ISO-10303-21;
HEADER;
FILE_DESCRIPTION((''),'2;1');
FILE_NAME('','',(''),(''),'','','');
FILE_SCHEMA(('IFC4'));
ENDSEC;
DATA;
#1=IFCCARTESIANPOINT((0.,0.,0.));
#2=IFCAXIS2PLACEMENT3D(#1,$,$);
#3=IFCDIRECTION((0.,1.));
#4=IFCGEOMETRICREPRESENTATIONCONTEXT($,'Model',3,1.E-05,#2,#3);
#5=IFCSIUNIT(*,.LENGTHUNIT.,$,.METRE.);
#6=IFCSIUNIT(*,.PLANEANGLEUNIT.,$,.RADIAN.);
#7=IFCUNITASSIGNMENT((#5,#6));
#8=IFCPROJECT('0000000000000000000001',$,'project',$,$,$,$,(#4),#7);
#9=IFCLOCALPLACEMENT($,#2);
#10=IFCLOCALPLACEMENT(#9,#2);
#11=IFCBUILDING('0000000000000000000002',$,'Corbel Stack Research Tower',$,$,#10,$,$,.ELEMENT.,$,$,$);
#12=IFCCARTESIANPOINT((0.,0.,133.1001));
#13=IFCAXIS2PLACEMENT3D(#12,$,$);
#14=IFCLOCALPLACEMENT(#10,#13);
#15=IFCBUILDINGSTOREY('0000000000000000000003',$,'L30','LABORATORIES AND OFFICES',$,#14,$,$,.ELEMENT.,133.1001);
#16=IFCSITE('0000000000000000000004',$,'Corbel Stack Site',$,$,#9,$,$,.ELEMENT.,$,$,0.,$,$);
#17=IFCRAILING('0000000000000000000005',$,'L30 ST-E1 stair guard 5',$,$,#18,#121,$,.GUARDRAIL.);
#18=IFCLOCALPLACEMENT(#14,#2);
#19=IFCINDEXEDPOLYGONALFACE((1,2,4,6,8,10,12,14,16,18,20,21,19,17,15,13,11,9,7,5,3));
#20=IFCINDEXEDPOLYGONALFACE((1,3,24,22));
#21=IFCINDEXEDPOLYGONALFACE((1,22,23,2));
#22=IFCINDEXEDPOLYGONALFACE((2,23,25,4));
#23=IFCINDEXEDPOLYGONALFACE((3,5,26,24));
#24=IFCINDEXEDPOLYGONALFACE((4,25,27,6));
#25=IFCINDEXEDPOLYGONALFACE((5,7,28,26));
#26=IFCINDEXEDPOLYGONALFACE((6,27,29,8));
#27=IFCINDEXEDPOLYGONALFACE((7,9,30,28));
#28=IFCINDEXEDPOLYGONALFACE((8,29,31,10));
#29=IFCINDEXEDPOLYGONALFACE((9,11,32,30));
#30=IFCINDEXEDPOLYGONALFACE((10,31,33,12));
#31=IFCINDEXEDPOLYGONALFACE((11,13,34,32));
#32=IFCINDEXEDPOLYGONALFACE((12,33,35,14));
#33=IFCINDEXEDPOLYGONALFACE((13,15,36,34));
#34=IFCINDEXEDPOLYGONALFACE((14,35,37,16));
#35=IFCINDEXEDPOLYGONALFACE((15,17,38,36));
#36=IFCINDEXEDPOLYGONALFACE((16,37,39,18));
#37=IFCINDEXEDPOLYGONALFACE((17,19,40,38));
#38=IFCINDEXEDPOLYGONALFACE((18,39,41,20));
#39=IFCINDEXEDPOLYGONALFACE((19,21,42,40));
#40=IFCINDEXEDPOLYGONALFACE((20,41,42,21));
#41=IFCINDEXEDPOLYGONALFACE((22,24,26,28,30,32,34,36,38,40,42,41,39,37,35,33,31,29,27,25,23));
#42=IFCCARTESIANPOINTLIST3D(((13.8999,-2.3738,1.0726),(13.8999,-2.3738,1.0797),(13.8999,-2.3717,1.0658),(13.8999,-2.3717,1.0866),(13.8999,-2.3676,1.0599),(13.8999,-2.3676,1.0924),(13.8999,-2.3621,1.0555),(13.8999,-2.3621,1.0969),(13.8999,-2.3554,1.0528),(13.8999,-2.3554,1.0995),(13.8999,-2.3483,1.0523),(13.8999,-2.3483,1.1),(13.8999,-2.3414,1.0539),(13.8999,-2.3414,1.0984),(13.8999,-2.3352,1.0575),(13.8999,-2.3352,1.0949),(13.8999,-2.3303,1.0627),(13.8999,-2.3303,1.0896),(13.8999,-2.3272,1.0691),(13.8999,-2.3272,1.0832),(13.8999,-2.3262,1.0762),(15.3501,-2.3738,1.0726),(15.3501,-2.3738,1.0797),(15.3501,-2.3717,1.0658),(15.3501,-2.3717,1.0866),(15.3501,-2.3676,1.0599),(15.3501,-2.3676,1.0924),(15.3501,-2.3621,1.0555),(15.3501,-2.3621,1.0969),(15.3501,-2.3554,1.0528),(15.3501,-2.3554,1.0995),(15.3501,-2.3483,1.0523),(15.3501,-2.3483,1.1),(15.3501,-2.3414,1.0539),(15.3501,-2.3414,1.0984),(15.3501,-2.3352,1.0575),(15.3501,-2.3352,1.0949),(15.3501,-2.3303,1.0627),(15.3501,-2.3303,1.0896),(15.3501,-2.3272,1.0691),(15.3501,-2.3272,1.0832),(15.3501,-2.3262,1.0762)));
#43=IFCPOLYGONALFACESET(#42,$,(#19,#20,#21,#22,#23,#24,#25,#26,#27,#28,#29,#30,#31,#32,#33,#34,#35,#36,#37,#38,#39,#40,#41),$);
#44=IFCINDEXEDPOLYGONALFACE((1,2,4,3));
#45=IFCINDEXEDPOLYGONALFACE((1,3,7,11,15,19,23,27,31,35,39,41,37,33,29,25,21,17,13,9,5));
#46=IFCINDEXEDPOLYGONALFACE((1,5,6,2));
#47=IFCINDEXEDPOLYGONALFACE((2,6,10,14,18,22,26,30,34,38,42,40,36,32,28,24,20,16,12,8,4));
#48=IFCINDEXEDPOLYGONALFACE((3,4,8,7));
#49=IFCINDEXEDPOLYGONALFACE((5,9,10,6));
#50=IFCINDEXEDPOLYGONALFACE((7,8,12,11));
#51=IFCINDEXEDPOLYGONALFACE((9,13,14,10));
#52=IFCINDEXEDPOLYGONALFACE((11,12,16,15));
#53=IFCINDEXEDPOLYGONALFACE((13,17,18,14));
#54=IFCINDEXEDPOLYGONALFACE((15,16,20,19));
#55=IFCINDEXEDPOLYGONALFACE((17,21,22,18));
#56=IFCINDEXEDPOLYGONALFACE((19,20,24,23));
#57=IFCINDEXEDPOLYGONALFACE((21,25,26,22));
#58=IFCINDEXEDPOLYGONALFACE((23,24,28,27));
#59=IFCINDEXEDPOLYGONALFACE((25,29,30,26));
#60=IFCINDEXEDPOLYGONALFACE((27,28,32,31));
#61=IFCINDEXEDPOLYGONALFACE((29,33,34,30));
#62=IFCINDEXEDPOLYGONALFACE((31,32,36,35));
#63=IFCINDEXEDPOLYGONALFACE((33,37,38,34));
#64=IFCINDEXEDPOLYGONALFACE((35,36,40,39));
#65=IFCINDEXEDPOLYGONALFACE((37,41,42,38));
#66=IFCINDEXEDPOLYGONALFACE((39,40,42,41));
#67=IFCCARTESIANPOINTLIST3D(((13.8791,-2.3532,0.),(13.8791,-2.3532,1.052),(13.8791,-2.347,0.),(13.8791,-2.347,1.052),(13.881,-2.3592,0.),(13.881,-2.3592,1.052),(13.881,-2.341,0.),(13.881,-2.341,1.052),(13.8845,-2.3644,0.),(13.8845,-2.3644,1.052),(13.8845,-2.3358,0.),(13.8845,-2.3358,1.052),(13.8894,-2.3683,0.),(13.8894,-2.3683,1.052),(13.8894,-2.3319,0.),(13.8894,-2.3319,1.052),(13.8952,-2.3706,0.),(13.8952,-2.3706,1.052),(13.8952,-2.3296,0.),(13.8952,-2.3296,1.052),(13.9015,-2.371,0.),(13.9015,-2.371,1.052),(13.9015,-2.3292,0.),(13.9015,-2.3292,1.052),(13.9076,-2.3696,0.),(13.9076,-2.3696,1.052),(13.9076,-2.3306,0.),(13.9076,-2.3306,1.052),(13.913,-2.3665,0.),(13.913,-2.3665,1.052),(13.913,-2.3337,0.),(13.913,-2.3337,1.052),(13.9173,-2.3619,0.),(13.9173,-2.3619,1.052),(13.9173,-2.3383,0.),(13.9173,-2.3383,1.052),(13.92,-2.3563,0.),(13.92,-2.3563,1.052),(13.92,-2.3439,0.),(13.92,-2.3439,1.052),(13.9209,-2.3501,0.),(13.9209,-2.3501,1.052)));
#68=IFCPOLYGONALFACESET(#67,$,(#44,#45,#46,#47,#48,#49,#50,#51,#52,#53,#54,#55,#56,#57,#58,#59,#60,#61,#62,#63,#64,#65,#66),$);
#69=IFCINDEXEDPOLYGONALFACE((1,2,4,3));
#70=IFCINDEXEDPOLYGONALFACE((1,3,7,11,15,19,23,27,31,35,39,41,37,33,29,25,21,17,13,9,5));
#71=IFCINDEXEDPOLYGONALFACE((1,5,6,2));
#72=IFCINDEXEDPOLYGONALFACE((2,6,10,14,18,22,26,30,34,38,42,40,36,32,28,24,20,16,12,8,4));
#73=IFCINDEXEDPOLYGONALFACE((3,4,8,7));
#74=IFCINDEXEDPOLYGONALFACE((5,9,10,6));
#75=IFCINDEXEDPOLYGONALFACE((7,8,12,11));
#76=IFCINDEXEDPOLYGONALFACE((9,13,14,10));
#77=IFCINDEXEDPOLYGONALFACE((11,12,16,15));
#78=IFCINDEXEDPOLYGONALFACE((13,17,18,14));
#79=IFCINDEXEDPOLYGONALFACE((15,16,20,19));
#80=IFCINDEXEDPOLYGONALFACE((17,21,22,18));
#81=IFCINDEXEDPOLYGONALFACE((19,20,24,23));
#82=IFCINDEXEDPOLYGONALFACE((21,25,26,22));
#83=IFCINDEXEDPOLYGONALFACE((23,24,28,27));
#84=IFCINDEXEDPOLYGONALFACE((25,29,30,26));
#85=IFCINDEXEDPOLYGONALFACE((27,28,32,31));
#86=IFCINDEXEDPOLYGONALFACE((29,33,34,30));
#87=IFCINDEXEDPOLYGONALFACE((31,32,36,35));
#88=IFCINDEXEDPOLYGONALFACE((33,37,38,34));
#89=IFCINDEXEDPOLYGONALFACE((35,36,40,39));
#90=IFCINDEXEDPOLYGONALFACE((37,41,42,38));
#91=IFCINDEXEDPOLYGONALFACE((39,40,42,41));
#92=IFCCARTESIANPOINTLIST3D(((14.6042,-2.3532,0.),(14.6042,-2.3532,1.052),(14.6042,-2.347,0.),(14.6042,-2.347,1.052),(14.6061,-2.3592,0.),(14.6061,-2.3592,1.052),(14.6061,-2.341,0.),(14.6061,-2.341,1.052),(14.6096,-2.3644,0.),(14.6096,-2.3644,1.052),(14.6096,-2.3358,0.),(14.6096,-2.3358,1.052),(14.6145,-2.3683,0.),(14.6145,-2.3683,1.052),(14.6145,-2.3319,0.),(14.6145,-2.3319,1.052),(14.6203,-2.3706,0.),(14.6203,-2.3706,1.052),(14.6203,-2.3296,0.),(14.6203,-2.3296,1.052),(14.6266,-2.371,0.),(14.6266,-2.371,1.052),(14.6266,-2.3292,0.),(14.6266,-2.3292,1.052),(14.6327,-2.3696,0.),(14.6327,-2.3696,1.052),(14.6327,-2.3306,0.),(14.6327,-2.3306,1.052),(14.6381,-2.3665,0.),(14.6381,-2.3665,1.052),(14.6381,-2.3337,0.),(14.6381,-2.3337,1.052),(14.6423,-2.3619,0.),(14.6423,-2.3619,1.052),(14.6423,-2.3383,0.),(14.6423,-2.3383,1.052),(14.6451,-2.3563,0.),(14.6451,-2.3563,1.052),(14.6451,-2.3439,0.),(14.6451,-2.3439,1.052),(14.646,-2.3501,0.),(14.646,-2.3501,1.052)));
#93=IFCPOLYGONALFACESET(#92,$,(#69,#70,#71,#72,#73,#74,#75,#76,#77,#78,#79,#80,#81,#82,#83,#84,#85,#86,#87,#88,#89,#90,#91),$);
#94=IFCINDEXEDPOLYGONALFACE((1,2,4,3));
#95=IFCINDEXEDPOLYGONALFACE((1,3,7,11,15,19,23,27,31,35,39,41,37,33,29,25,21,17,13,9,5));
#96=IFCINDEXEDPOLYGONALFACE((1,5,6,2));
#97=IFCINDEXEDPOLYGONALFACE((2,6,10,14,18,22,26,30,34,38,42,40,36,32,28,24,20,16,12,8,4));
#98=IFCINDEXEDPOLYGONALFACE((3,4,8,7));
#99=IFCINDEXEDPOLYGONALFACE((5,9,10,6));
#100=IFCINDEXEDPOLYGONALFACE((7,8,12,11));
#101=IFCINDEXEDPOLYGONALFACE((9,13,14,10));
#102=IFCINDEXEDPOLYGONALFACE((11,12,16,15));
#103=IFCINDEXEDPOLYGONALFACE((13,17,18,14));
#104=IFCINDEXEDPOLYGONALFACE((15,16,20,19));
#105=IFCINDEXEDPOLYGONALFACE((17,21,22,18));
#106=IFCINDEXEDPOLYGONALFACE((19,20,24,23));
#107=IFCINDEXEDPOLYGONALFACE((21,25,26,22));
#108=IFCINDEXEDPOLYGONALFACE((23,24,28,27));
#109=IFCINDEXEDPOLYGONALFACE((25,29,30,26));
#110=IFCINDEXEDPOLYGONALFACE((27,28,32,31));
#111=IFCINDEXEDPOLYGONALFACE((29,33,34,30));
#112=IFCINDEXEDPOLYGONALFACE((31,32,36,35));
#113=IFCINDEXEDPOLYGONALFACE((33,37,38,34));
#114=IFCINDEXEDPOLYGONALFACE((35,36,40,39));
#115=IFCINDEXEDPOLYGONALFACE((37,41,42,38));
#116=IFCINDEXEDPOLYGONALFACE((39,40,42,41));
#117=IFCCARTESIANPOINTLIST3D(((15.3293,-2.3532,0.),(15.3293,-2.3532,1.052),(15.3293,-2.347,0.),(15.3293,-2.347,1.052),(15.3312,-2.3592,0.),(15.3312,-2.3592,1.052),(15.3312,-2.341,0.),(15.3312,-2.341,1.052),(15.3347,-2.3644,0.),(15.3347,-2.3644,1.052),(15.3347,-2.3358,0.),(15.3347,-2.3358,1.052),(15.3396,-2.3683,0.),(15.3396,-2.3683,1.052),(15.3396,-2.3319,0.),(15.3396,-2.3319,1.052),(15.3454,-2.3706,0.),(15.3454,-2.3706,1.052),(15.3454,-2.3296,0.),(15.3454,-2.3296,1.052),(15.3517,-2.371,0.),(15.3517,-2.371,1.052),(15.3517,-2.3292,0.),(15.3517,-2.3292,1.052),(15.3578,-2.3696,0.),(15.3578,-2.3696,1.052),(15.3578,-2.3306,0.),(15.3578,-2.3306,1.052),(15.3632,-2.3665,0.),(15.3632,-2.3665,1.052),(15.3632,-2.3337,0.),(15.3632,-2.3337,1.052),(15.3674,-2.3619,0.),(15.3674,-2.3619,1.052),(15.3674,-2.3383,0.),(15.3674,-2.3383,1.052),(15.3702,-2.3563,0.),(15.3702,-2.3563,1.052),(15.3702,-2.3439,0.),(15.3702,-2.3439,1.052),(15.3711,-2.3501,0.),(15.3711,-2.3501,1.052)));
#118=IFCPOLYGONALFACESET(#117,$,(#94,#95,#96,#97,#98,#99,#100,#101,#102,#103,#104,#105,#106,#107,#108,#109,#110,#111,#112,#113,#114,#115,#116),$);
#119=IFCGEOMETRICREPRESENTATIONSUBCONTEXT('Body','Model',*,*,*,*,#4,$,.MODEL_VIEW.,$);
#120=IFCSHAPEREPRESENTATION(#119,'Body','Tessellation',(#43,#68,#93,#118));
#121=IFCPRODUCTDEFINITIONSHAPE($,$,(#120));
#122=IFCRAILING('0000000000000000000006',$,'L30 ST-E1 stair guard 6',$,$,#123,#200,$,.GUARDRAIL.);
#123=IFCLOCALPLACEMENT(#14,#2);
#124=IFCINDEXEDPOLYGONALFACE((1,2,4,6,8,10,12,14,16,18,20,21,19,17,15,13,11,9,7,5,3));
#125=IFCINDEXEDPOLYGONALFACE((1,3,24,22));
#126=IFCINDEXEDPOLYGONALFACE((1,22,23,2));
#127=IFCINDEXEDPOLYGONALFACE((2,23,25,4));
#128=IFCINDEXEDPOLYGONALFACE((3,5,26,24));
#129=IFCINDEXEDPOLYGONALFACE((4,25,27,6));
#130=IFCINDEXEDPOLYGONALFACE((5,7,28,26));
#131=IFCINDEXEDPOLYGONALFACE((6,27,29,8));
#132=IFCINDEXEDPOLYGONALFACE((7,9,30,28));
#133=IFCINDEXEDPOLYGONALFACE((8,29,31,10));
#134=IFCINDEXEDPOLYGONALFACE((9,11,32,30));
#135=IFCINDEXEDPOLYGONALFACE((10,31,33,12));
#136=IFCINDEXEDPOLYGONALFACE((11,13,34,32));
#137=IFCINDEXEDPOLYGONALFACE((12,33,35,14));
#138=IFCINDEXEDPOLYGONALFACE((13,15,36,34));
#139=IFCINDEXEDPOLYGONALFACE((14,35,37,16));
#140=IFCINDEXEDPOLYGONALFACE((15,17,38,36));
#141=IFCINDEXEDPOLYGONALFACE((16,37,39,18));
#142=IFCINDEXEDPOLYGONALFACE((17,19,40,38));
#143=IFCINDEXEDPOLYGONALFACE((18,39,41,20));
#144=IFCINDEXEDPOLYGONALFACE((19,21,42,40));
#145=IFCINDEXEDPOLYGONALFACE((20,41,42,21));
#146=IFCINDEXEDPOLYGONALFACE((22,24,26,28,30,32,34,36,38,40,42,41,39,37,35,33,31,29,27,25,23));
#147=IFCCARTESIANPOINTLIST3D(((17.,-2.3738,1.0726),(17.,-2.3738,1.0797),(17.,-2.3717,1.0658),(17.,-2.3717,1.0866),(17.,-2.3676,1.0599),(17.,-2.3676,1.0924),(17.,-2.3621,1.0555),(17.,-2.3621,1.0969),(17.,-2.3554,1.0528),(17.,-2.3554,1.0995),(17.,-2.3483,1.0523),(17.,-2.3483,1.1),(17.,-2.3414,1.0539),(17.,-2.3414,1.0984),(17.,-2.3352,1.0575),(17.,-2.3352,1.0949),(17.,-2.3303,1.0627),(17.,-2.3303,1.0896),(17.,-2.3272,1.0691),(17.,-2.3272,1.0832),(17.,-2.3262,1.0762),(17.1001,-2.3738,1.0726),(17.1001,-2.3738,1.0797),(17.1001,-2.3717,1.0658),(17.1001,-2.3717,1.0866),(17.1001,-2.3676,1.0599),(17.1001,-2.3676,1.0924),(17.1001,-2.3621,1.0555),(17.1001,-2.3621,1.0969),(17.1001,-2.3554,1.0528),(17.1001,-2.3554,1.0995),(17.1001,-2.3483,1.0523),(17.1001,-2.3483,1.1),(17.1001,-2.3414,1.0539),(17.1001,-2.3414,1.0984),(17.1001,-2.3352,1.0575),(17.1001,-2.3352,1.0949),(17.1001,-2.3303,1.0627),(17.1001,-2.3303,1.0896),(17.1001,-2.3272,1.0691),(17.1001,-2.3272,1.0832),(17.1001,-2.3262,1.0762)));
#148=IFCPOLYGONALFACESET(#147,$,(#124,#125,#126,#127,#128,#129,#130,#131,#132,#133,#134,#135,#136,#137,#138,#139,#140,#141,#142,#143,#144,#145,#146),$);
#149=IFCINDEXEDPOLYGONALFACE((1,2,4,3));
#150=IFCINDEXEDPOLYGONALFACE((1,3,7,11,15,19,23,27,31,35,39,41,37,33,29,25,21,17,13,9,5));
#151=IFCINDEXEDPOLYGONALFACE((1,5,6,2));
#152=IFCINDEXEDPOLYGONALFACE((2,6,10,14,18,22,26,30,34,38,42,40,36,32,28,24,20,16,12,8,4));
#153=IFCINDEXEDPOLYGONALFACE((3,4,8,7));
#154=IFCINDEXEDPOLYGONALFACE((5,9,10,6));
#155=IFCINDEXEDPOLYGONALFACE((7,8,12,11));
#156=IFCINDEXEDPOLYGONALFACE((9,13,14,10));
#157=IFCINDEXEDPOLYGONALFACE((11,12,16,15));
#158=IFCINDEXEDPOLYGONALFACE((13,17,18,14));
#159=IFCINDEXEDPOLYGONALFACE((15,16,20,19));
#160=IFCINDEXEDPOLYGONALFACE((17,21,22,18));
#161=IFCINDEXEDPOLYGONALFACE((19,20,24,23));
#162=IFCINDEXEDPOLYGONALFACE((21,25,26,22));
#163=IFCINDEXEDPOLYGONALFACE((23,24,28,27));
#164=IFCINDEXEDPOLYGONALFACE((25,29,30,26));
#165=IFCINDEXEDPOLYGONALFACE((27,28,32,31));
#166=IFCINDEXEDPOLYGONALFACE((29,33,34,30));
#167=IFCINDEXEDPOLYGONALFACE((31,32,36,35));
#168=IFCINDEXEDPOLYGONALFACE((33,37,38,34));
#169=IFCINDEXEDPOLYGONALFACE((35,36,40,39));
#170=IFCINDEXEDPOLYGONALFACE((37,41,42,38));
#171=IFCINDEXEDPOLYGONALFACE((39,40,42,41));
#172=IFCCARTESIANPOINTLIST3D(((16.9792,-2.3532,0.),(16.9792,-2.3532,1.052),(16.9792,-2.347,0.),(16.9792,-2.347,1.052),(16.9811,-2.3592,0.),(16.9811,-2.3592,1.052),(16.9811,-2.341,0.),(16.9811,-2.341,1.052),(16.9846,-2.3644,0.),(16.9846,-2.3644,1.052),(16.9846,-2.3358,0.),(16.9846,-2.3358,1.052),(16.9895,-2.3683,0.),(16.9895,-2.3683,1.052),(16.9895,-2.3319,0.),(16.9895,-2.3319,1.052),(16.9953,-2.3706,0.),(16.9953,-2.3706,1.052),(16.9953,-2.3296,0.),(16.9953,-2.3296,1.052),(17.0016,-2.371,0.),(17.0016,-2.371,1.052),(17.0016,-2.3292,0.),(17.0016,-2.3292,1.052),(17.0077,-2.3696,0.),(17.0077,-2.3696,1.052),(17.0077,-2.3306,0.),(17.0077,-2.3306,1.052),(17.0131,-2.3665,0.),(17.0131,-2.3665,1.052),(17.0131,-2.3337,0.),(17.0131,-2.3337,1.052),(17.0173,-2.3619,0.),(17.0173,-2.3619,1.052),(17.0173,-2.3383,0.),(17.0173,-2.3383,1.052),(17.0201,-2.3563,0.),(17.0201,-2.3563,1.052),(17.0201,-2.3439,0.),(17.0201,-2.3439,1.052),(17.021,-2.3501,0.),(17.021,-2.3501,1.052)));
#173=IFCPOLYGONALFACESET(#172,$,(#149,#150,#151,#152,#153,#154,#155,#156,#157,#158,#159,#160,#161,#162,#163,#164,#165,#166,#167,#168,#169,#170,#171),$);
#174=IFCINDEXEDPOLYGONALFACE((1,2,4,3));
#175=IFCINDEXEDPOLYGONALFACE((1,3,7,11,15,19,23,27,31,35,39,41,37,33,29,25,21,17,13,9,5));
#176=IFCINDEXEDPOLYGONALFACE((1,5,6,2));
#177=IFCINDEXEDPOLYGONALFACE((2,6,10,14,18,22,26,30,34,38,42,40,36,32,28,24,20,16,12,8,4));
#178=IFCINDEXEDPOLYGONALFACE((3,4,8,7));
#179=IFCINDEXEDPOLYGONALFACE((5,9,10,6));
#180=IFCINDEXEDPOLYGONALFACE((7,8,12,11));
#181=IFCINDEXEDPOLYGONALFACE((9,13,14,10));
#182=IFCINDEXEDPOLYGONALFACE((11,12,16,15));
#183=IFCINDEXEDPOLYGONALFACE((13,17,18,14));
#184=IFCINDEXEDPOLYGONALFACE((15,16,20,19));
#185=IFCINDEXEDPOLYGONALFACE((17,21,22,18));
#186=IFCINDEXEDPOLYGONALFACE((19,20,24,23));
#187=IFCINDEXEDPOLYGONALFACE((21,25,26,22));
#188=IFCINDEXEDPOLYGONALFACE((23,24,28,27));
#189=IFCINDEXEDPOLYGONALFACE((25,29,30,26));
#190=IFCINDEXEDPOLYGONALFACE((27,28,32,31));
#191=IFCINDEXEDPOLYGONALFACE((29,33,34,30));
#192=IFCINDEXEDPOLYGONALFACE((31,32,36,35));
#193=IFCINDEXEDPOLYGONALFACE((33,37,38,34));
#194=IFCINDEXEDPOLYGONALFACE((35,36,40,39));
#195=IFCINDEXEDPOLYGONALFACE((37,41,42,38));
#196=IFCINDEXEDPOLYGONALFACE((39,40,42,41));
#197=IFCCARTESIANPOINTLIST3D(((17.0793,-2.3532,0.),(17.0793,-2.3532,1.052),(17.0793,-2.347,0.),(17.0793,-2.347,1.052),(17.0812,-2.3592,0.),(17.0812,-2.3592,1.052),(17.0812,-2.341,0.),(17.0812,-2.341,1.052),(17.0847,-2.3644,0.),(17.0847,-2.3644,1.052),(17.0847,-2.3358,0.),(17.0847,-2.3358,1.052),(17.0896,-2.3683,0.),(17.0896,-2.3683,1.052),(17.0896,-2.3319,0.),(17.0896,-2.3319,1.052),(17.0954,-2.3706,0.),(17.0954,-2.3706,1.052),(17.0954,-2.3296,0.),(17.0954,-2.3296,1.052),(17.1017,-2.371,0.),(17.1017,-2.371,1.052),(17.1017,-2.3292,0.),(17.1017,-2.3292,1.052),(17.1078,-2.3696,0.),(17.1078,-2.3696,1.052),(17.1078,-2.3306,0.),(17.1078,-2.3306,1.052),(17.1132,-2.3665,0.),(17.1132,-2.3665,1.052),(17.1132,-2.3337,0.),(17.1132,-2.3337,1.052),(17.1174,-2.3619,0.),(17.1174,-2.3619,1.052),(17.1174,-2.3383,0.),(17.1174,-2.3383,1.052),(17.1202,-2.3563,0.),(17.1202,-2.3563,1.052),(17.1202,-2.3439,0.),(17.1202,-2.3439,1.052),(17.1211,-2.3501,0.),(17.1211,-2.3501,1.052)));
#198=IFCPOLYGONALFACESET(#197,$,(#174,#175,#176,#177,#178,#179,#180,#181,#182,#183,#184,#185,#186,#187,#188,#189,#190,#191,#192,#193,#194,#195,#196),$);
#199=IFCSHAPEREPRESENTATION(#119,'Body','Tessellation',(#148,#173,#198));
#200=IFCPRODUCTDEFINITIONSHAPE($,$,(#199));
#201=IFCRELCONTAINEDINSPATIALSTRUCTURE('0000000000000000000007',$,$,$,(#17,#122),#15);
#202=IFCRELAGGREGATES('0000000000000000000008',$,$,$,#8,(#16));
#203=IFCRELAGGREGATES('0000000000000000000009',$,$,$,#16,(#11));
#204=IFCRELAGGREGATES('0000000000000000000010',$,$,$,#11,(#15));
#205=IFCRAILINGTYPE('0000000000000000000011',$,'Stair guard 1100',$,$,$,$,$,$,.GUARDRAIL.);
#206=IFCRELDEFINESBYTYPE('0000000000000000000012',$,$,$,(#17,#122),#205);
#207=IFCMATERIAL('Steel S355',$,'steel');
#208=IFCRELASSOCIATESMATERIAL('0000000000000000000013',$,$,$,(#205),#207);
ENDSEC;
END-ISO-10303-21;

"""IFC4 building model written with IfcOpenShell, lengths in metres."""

from ifc_helpers import new_model, si_unit, direction, frame, origin, origin_2d, place, context, subcontext, project, spatial, circle, extrude, material, type_object, element, save


model = new_model("IFC4")

# Units and contexts
model_context = context("Model", 3, precision=1e-05, world=origin(), true_north=direction((0.0, 1.0)))
body_context = subcontext(model_context, "Body", "Model", "MODEL_VIEW")
ifc_project = project(units=[si_unit("LENGTHUNIT", "METRE"), si_unit("PLANEANGLEUNIT", "RADIAN")], contexts=[model_context])

# Site, building, storey
site_placement = place(None, origin())
site = spatial("IfcSite", under=ifc_project, at=site_placement, Name="Corbel Stack Site", CompositionType="ELEMENT", RefElevation=0.0)
building_placement = place(site_placement, origin())
building = spatial("IfcBuilding", under=site, at=building_placement, Name="Corbel Stack Research Tower", CompositionType="ELEMENT")
storey_placement = place(building_placement, frame((0.0, 0.0, 133.1001)))
storey = spatial("IfcBuildingStorey", under=building, at=storey_placement, Name="L30", Description="LABORATORIES AND OFFICES", CompositionType="ELEMENT", Elevation=133.1001)

# Railings
ifc_material_1 = material(Name="Steel S355", Category="steel")
railing_type_1 = type_object("IfcRailingType", Name="Stair guard 1100", PredefinedType="GUARDRAIL", material=ifc_material_1)
railing_1_placement = place(storey_placement, frame((13.8999, -2.3501, 0.0)))
element("IfcRailing", 1, at=railing_1_placement, inside=storey, type_object=railing_type_1, Name="L30 ST-E1 stair guard 5", PredefinedType="GUARDRAIL", context=body_context, shape_type="SweptSolid", body=[
    extrude(circle(Radius=0.0239, at=origin_2d()), frame((0.0, 0.0, 1.0762), z_axis=(1.0, 0.0, 0.0), x_axis=(0.0, 1.0, 0.0)), (0.0, 0.0, 1.0), 1.4502),
    extrude(circle(Radius=0.021, at=origin_2d()), origin(), (0.0, 0.0, 1.0), 1.052),
    extrude(circle(Radius=0.021, at=origin_2d()), frame((0.7251, 0.0, 0.0)), (0.0, 0.0, 1.0), 1.052),
    extrude(circle(Radius=0.021, at=origin_2d()), frame((1.4502, 0.0, 0.0)), (0.0, 0.0, 1.0), 1.052),
])
railing_2_placement = place(storey_placement, frame((17.0, -2.3501, 0.0)))
element("IfcRailing", 2, at=railing_2_placement, inside=storey, type_object=railing_type_1, Name="L30 ST-E1 stair guard 6", PredefinedType="GUARDRAIL", context=body_context, shape_type="SweptSolid", body=[
    extrude(circle(Radius=0.0239, at=origin_2d()), frame((0.0, 0.0, 1.0762), z_axis=(1.0, 0.0, 0.0), x_axis=(0.0, 1.0, 0.0)), (0.0, 0.0, 1.0), 0.1001),
    extrude(circle(Radius=0.021, at=origin_2d()), origin(), (0.0, 0.0, 1.0), 1.052),
    extrude(circle(Radius=0.021, at=origin_2d()), frame((0.1001, 0.0, 0.0)), (0.0, 0.0, 1.0), 1.052),
])

save(model, "model.ifc")
